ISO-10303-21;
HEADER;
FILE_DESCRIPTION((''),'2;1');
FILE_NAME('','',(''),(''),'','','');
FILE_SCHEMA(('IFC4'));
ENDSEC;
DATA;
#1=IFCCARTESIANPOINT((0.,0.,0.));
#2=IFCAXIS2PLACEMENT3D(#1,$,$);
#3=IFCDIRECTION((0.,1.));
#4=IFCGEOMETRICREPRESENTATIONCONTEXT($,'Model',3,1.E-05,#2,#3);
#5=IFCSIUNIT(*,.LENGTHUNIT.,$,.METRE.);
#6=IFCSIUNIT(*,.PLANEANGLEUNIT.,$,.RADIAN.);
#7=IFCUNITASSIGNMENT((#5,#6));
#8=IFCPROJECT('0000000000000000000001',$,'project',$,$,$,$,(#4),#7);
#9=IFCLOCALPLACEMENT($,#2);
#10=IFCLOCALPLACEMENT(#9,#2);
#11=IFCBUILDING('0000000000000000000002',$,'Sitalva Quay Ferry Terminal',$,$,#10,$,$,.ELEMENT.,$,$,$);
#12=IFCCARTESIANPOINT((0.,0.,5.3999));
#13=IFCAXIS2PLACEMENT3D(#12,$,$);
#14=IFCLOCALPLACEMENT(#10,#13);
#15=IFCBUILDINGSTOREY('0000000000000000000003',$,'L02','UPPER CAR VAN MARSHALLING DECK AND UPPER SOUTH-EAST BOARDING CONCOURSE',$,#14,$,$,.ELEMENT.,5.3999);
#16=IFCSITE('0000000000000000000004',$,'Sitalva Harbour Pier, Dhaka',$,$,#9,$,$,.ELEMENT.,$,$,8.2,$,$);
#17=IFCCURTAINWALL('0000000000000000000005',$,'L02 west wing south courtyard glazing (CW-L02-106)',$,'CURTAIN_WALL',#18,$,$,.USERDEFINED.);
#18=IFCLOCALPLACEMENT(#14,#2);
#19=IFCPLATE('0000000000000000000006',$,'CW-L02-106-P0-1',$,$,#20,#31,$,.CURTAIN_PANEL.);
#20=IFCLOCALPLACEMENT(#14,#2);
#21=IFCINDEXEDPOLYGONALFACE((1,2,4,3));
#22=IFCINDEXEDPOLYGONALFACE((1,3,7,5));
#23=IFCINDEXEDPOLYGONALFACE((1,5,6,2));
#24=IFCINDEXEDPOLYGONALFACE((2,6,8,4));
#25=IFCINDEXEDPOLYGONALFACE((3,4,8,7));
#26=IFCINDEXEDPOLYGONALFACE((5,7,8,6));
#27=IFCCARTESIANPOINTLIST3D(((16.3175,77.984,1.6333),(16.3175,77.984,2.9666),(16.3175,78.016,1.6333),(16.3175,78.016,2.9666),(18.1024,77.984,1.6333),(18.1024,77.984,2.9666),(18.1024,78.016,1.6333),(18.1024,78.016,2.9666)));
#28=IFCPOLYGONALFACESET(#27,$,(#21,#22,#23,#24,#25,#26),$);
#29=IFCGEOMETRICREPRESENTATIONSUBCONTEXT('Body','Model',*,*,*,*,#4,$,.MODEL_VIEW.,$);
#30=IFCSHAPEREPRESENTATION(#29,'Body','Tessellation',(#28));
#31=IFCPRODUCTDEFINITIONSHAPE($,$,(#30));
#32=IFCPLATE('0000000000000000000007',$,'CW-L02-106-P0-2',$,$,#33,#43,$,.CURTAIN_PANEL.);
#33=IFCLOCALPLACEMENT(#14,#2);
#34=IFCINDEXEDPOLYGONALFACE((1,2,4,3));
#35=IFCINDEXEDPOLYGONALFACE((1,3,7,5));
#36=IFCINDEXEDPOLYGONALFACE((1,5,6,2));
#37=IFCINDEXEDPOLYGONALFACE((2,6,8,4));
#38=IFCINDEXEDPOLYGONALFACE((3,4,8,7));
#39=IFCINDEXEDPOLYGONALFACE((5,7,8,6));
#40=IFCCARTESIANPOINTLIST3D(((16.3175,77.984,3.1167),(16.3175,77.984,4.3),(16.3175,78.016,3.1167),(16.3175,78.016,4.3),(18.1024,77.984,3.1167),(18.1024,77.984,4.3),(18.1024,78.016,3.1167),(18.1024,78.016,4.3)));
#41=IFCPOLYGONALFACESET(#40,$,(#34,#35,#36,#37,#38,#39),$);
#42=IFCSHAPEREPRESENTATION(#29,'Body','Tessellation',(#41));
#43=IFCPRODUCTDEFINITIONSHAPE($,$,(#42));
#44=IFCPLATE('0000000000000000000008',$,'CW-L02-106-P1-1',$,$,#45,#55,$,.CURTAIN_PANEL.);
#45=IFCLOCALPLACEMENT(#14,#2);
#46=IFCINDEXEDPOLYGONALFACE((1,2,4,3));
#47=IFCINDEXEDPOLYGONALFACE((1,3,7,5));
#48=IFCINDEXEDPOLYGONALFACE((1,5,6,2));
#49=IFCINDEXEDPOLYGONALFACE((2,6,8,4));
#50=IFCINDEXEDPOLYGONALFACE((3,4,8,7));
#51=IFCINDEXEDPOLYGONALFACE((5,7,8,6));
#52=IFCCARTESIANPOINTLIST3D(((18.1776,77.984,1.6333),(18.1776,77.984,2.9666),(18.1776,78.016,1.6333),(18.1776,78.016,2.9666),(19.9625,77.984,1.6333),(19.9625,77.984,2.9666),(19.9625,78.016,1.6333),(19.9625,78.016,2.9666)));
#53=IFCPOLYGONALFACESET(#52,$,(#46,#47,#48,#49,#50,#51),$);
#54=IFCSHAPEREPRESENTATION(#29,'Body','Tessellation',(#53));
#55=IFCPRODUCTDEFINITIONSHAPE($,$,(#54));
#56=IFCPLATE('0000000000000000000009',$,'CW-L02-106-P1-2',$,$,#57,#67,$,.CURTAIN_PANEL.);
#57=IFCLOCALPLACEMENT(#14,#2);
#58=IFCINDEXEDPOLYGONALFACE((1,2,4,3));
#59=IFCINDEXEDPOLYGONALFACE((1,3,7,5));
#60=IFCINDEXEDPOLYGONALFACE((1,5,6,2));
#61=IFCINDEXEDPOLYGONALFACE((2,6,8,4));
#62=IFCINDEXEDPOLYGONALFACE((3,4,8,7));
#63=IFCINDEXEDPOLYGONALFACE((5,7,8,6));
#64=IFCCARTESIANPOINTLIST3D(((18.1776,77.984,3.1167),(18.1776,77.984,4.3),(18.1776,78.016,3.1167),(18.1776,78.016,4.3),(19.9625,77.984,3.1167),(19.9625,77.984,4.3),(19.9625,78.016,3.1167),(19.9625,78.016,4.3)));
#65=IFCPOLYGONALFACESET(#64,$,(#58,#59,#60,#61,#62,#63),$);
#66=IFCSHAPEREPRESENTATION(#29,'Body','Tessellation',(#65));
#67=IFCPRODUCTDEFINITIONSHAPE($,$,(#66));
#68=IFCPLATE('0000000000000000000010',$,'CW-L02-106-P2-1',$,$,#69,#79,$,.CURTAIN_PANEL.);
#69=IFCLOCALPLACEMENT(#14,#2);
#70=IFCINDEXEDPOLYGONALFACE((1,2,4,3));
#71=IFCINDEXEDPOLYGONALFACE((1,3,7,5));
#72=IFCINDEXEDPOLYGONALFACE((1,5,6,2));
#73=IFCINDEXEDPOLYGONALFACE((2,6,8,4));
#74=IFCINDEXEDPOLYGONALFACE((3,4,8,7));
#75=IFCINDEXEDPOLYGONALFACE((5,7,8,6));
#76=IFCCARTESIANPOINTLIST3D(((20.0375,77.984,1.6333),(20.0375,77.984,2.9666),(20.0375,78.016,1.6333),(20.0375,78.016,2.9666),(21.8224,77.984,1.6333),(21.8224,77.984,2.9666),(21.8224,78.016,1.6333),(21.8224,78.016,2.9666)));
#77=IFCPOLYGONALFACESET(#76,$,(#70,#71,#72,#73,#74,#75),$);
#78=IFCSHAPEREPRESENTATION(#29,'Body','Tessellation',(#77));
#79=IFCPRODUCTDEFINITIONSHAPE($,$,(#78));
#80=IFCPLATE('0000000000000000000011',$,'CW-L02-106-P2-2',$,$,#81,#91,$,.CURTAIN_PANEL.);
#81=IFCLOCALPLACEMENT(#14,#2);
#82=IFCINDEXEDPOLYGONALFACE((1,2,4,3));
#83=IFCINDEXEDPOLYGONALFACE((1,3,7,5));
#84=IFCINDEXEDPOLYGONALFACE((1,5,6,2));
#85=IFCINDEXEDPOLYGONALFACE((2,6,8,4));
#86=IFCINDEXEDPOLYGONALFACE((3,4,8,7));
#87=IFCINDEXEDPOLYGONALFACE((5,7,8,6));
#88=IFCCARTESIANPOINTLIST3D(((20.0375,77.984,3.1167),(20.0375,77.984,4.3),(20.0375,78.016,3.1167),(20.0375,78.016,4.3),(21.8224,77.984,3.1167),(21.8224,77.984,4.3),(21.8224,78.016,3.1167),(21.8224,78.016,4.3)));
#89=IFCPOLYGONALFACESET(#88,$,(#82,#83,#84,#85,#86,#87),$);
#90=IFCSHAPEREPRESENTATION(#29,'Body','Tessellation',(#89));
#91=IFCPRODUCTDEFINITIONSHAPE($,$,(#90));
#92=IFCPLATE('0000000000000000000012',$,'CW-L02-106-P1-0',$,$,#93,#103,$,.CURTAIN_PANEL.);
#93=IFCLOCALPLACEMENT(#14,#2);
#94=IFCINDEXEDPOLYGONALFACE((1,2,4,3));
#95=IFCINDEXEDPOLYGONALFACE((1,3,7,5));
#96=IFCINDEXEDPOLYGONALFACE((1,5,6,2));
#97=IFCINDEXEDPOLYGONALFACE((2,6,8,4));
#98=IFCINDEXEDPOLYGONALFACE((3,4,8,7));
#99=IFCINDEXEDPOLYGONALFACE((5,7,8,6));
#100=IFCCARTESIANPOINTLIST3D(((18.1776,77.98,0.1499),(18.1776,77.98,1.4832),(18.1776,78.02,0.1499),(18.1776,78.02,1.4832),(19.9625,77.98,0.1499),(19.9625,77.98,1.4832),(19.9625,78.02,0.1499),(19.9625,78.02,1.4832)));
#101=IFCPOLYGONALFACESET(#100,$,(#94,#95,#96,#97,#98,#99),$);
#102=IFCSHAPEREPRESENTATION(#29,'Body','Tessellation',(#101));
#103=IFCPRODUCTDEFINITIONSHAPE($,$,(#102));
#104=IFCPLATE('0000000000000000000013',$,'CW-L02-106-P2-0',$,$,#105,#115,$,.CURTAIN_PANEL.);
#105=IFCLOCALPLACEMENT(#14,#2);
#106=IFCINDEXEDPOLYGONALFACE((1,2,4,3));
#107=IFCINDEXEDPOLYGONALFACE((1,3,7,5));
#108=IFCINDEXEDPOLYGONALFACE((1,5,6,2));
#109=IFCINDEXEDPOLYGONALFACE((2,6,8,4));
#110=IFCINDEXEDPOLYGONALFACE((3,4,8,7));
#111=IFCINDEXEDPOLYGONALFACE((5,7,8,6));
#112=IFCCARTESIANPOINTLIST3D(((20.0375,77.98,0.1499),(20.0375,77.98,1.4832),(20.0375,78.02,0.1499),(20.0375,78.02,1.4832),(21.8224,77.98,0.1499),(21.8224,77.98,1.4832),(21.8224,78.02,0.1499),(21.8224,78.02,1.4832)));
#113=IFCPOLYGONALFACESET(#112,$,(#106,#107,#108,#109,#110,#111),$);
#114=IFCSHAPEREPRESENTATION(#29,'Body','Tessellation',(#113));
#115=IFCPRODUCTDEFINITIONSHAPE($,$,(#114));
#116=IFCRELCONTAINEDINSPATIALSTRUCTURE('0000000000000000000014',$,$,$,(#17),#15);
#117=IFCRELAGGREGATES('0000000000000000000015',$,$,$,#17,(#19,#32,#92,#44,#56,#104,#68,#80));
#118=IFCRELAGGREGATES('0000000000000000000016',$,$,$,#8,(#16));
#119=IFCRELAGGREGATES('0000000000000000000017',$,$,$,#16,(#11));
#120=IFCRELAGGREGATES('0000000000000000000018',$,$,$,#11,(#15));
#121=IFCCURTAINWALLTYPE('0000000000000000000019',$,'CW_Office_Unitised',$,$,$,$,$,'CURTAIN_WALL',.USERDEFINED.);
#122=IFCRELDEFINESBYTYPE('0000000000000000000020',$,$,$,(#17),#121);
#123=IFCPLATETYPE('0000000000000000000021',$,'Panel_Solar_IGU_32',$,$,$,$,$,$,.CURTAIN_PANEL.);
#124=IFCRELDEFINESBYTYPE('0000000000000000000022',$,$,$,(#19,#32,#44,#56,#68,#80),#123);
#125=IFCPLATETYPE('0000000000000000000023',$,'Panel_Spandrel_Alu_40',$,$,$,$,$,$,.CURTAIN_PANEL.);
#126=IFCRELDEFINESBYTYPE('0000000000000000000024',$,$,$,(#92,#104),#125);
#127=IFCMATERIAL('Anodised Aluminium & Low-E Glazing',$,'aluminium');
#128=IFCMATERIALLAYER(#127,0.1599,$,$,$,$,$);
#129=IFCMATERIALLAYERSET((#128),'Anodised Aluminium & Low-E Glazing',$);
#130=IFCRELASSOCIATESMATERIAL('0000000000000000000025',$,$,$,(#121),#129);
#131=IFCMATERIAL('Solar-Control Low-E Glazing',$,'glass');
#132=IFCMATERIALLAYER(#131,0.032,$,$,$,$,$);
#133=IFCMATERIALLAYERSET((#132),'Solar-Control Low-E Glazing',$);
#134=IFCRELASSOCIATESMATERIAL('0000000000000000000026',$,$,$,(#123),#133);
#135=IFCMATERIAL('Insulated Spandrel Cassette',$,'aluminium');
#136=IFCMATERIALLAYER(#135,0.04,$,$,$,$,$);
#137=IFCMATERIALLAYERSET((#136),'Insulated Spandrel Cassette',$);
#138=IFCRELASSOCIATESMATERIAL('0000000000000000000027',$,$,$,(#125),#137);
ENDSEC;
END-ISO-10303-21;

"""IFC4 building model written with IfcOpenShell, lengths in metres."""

from ifc_helpers import new_model, si_unit, direction, frame, origin, origin_2d, place, context, subcontext, project, spatial, rectangle, extrude, material, layer, layer_set, type_object, element, aggregate, save


model = new_model("IFC4")

# Units and contexts
model_context = context("Model", 3, precision=1e-05, world=origin(), true_north=direction((0.0, 1.0)))
body_context = subcontext(model_context, "Body", "Model", "MODEL_VIEW")
ifc_project = project(units=[si_unit("LENGTHUNIT", "METRE"), si_unit("PLANEANGLEUNIT", "RADIAN")], contexts=[model_context])

# Site, building, storey
site_placement = place(None, origin())
site = spatial("IfcSite", under=ifc_project, at=site_placement, Name="Sitalva Harbour Pier, Dhaka", CompositionType="ELEMENT", RefElevation=8.2)
building_placement = place(site_placement, origin())
building = spatial("IfcBuilding", under=site, at=building_placement, Name="Sitalva Quay Ferry Terminal", CompositionType="ELEMENT")
storey_placement = place(building_placement, frame((0.0, 0.0, 5.3999)))
storey = spatial("IfcBuildingStorey", under=building, at=storey_placement, Name="L02", Description="UPPER CAR VAN MARSHALLING DECK AND UPPER SOUTH-EAST BOARDING CONCOURSE", CompositionType="ELEMENT", Elevation=5.3999)

# Curtain wall, plates
ifc_material_1 = material(Name="Anodised Aluminium & Low-E Glazing", Category="aluminium")
ifc_layer_1 = layer(ifc_material_1, 0.1599)
ifc_layer_set_1 = layer_set([ifc_layer_1], Name="Anodised Aluminium & Low-E Glazing")
curtain_wall_type = type_object("IfcCurtainWallType", Name="CW_Office_Unitised", ElementType="CURTAIN_WALL", PredefinedType="USERDEFINED", material=ifc_layer_set_1)
curtain_wall_placement = place(storey_placement, origin())
curtain_wall = element("IfcCurtainWall", 1, at=curtain_wall_placement, inside=storey, type_object=curtain_wall_type, Name="L02 west wing south courtyard glazing (CW-L02-106)", ObjectType="CURTAIN_WALL", PredefinedType="USERDEFINED")
ifc_material_2 = material(Name="Solar-Control Low-E Glazing", Category="glass")
ifc_layer_2 = layer(ifc_material_2, 0.032)
ifc_layer_set_2 = layer_set([ifc_layer_2], Name="Solar-Control Low-E Glazing")
plate_type_1 = type_object("IfcPlateType", Name="Panel_Solar_IGU_32", PredefinedType="CURTAIN_PANEL", material=ifc_layer_set_2)
plate_1_placement = place(storey_placement, frame((17.21, 78.0, 1.6333), z_axis=(0.0, 0.0, 1.0), x_axis=(1.0, 0.0, 0.0)))
plate_1 = element("IfcPlate", 2, at=plate_1_placement, type_object=plate_type_1, Name="CW-L02-106-P0-1", PredefinedType="CURTAIN_PANEL", context=body_context, shape_type="SweptSolid", body=[
    extrude(rectangle(XDim=1.7849, YDim=0.032, at=origin_2d()), origin(), (0.0, 0.0, 1.0), 1.3333),
])
plate_2_placement = place(storey_placement, frame((17.21, 78.0, 3.1167), z_axis=(0.0, 0.0, 1.0), x_axis=(1.0, 0.0, 0.0)))
plate_2 = element("IfcPlate", 3, at=plate_2_placement, type_object=plate_type_1, Name="CW-L02-106-P0-2", PredefinedType="CURTAIN_PANEL", context=body_context, shape_type="SweptSolid", body=[
    extrude(rectangle(XDim=1.7849, YDim=0.032, at=origin_2d()), origin(), (0.0, 0.0, 1.0), 1.1833),
])
plate_3_placement = place(storey_placement, frame((19.0701, 78.0, 1.6333), z_axis=(0.0, 0.0, 1.0), x_axis=(1.0, 0.0, 0.0)))
plate_3 = element("IfcPlate", 4, at=plate_3_placement, type_object=plate_type_1, Name="CW-L02-106-P1-1", PredefinedType="CURTAIN_PANEL", context=body_context, shape_type="SweptSolid", body=[
    extrude(rectangle(XDim=1.7849, YDim=0.032, at=origin_2d()), origin(), (0.0, 0.0, 1.0), 1.3333),
])
plate_4_placement = place(storey_placement, frame((19.0701, 78.0, 3.1167), z_axis=(0.0, 0.0, 1.0), x_axis=(1.0, 0.0, 0.0)))
plate_4 = element("IfcPlate", 5, at=plate_4_placement, type_object=plate_type_1, Name="CW-L02-106-P1-2", PredefinedType="CURTAIN_PANEL", context=body_context, shape_type="SweptSolid", body=[
    extrude(rectangle(XDim=1.7849, YDim=0.032, at=origin_2d()), origin(), (0.0, 0.0, 1.0), 1.1833),
])
plate_5_placement = place(storey_placement, frame((20.9299, 78.0, 1.6333), z_axis=(0.0, 0.0, 1.0), x_axis=(1.0, 0.0, 0.0)))
plate_5 = element("IfcPlate", 6, at=plate_5_placement, type_object=plate_type_1, Name="CW-L02-106-P2-1", PredefinedType="CURTAIN_PANEL", context=body_context, shape_type="SweptSolid", body=[
    extrude(rectangle(XDim=1.7849, YDim=0.032, at=origin_2d()), origin(), (0.0, 0.0, 1.0), 1.3333),
])
plate_6_placement = place(storey_placement, frame((20.9299, 78.0, 3.1167), z_axis=(0.0, 0.0, 1.0), x_axis=(1.0, 0.0, 0.0)))
plate_6 = element("IfcPlate", 7, at=plate_6_placement, type_object=plate_type_1, Name="CW-L02-106-P2-2", PredefinedType="CURTAIN_PANEL", context=body_context, shape_type="SweptSolid", body=[
    extrude(rectangle(XDim=1.7849, YDim=0.032, at=origin_2d()), origin(), (0.0, 0.0, 1.0), 1.1833),
])
ifc_material_3 = material(Name="Insulated Spandrel Cassette", Category="aluminium")
ifc_layer_3 = layer(ifc_material_3, 0.04)
ifc_layer_set_3 = layer_set([ifc_layer_3], Name="Insulated Spandrel Cassette")
plate_type_2 = type_object("IfcPlateType", Name="Panel_Spandrel_Alu_40", PredefinedType="CURTAIN_PANEL", material=ifc_layer_set_3)
plate_7_placement = place(storey_placement, frame((19.0701, 78.0, 0.1499), z_axis=(0.0, 0.0, 1.0), x_axis=(1.0, 0.0, 0.0)))
plate_7 = element("IfcPlate", 8, at=plate_7_placement, type_object=plate_type_2, Name="CW-L02-106-P1-0", PredefinedType="CURTAIN_PANEL", context=body_context, shape_type="SweptSolid", body=[
    extrude(rectangle(XDim=1.7849, YDim=0.04, at=origin_2d()), origin(), (0.0, 0.0, 1.0), 1.3333),
])
plate_8_placement = place(storey_placement, frame((20.9299, 78.0, 0.1499), z_axis=(0.0, 0.0, 1.0), x_axis=(1.0, 0.0, 0.0)))
plate_8 = element("IfcPlate", 9, at=plate_8_placement, type_object=plate_type_2, Name="CW-L02-106-P2-0", PredefinedType="CURTAIN_PANEL", context=body_context, shape_type="SweptSolid", body=[
    extrude(rectangle(XDim=1.7849, YDim=0.04, at=origin_2d()), origin(), (0.0, 0.0, 1.0), 1.3333),
])
aggregate(curtain_wall, [plate_1, plate_2, plate_7, plate_3, plate_4, plate_8, plate_5, plate_6])

save(model, "model.ifc")
